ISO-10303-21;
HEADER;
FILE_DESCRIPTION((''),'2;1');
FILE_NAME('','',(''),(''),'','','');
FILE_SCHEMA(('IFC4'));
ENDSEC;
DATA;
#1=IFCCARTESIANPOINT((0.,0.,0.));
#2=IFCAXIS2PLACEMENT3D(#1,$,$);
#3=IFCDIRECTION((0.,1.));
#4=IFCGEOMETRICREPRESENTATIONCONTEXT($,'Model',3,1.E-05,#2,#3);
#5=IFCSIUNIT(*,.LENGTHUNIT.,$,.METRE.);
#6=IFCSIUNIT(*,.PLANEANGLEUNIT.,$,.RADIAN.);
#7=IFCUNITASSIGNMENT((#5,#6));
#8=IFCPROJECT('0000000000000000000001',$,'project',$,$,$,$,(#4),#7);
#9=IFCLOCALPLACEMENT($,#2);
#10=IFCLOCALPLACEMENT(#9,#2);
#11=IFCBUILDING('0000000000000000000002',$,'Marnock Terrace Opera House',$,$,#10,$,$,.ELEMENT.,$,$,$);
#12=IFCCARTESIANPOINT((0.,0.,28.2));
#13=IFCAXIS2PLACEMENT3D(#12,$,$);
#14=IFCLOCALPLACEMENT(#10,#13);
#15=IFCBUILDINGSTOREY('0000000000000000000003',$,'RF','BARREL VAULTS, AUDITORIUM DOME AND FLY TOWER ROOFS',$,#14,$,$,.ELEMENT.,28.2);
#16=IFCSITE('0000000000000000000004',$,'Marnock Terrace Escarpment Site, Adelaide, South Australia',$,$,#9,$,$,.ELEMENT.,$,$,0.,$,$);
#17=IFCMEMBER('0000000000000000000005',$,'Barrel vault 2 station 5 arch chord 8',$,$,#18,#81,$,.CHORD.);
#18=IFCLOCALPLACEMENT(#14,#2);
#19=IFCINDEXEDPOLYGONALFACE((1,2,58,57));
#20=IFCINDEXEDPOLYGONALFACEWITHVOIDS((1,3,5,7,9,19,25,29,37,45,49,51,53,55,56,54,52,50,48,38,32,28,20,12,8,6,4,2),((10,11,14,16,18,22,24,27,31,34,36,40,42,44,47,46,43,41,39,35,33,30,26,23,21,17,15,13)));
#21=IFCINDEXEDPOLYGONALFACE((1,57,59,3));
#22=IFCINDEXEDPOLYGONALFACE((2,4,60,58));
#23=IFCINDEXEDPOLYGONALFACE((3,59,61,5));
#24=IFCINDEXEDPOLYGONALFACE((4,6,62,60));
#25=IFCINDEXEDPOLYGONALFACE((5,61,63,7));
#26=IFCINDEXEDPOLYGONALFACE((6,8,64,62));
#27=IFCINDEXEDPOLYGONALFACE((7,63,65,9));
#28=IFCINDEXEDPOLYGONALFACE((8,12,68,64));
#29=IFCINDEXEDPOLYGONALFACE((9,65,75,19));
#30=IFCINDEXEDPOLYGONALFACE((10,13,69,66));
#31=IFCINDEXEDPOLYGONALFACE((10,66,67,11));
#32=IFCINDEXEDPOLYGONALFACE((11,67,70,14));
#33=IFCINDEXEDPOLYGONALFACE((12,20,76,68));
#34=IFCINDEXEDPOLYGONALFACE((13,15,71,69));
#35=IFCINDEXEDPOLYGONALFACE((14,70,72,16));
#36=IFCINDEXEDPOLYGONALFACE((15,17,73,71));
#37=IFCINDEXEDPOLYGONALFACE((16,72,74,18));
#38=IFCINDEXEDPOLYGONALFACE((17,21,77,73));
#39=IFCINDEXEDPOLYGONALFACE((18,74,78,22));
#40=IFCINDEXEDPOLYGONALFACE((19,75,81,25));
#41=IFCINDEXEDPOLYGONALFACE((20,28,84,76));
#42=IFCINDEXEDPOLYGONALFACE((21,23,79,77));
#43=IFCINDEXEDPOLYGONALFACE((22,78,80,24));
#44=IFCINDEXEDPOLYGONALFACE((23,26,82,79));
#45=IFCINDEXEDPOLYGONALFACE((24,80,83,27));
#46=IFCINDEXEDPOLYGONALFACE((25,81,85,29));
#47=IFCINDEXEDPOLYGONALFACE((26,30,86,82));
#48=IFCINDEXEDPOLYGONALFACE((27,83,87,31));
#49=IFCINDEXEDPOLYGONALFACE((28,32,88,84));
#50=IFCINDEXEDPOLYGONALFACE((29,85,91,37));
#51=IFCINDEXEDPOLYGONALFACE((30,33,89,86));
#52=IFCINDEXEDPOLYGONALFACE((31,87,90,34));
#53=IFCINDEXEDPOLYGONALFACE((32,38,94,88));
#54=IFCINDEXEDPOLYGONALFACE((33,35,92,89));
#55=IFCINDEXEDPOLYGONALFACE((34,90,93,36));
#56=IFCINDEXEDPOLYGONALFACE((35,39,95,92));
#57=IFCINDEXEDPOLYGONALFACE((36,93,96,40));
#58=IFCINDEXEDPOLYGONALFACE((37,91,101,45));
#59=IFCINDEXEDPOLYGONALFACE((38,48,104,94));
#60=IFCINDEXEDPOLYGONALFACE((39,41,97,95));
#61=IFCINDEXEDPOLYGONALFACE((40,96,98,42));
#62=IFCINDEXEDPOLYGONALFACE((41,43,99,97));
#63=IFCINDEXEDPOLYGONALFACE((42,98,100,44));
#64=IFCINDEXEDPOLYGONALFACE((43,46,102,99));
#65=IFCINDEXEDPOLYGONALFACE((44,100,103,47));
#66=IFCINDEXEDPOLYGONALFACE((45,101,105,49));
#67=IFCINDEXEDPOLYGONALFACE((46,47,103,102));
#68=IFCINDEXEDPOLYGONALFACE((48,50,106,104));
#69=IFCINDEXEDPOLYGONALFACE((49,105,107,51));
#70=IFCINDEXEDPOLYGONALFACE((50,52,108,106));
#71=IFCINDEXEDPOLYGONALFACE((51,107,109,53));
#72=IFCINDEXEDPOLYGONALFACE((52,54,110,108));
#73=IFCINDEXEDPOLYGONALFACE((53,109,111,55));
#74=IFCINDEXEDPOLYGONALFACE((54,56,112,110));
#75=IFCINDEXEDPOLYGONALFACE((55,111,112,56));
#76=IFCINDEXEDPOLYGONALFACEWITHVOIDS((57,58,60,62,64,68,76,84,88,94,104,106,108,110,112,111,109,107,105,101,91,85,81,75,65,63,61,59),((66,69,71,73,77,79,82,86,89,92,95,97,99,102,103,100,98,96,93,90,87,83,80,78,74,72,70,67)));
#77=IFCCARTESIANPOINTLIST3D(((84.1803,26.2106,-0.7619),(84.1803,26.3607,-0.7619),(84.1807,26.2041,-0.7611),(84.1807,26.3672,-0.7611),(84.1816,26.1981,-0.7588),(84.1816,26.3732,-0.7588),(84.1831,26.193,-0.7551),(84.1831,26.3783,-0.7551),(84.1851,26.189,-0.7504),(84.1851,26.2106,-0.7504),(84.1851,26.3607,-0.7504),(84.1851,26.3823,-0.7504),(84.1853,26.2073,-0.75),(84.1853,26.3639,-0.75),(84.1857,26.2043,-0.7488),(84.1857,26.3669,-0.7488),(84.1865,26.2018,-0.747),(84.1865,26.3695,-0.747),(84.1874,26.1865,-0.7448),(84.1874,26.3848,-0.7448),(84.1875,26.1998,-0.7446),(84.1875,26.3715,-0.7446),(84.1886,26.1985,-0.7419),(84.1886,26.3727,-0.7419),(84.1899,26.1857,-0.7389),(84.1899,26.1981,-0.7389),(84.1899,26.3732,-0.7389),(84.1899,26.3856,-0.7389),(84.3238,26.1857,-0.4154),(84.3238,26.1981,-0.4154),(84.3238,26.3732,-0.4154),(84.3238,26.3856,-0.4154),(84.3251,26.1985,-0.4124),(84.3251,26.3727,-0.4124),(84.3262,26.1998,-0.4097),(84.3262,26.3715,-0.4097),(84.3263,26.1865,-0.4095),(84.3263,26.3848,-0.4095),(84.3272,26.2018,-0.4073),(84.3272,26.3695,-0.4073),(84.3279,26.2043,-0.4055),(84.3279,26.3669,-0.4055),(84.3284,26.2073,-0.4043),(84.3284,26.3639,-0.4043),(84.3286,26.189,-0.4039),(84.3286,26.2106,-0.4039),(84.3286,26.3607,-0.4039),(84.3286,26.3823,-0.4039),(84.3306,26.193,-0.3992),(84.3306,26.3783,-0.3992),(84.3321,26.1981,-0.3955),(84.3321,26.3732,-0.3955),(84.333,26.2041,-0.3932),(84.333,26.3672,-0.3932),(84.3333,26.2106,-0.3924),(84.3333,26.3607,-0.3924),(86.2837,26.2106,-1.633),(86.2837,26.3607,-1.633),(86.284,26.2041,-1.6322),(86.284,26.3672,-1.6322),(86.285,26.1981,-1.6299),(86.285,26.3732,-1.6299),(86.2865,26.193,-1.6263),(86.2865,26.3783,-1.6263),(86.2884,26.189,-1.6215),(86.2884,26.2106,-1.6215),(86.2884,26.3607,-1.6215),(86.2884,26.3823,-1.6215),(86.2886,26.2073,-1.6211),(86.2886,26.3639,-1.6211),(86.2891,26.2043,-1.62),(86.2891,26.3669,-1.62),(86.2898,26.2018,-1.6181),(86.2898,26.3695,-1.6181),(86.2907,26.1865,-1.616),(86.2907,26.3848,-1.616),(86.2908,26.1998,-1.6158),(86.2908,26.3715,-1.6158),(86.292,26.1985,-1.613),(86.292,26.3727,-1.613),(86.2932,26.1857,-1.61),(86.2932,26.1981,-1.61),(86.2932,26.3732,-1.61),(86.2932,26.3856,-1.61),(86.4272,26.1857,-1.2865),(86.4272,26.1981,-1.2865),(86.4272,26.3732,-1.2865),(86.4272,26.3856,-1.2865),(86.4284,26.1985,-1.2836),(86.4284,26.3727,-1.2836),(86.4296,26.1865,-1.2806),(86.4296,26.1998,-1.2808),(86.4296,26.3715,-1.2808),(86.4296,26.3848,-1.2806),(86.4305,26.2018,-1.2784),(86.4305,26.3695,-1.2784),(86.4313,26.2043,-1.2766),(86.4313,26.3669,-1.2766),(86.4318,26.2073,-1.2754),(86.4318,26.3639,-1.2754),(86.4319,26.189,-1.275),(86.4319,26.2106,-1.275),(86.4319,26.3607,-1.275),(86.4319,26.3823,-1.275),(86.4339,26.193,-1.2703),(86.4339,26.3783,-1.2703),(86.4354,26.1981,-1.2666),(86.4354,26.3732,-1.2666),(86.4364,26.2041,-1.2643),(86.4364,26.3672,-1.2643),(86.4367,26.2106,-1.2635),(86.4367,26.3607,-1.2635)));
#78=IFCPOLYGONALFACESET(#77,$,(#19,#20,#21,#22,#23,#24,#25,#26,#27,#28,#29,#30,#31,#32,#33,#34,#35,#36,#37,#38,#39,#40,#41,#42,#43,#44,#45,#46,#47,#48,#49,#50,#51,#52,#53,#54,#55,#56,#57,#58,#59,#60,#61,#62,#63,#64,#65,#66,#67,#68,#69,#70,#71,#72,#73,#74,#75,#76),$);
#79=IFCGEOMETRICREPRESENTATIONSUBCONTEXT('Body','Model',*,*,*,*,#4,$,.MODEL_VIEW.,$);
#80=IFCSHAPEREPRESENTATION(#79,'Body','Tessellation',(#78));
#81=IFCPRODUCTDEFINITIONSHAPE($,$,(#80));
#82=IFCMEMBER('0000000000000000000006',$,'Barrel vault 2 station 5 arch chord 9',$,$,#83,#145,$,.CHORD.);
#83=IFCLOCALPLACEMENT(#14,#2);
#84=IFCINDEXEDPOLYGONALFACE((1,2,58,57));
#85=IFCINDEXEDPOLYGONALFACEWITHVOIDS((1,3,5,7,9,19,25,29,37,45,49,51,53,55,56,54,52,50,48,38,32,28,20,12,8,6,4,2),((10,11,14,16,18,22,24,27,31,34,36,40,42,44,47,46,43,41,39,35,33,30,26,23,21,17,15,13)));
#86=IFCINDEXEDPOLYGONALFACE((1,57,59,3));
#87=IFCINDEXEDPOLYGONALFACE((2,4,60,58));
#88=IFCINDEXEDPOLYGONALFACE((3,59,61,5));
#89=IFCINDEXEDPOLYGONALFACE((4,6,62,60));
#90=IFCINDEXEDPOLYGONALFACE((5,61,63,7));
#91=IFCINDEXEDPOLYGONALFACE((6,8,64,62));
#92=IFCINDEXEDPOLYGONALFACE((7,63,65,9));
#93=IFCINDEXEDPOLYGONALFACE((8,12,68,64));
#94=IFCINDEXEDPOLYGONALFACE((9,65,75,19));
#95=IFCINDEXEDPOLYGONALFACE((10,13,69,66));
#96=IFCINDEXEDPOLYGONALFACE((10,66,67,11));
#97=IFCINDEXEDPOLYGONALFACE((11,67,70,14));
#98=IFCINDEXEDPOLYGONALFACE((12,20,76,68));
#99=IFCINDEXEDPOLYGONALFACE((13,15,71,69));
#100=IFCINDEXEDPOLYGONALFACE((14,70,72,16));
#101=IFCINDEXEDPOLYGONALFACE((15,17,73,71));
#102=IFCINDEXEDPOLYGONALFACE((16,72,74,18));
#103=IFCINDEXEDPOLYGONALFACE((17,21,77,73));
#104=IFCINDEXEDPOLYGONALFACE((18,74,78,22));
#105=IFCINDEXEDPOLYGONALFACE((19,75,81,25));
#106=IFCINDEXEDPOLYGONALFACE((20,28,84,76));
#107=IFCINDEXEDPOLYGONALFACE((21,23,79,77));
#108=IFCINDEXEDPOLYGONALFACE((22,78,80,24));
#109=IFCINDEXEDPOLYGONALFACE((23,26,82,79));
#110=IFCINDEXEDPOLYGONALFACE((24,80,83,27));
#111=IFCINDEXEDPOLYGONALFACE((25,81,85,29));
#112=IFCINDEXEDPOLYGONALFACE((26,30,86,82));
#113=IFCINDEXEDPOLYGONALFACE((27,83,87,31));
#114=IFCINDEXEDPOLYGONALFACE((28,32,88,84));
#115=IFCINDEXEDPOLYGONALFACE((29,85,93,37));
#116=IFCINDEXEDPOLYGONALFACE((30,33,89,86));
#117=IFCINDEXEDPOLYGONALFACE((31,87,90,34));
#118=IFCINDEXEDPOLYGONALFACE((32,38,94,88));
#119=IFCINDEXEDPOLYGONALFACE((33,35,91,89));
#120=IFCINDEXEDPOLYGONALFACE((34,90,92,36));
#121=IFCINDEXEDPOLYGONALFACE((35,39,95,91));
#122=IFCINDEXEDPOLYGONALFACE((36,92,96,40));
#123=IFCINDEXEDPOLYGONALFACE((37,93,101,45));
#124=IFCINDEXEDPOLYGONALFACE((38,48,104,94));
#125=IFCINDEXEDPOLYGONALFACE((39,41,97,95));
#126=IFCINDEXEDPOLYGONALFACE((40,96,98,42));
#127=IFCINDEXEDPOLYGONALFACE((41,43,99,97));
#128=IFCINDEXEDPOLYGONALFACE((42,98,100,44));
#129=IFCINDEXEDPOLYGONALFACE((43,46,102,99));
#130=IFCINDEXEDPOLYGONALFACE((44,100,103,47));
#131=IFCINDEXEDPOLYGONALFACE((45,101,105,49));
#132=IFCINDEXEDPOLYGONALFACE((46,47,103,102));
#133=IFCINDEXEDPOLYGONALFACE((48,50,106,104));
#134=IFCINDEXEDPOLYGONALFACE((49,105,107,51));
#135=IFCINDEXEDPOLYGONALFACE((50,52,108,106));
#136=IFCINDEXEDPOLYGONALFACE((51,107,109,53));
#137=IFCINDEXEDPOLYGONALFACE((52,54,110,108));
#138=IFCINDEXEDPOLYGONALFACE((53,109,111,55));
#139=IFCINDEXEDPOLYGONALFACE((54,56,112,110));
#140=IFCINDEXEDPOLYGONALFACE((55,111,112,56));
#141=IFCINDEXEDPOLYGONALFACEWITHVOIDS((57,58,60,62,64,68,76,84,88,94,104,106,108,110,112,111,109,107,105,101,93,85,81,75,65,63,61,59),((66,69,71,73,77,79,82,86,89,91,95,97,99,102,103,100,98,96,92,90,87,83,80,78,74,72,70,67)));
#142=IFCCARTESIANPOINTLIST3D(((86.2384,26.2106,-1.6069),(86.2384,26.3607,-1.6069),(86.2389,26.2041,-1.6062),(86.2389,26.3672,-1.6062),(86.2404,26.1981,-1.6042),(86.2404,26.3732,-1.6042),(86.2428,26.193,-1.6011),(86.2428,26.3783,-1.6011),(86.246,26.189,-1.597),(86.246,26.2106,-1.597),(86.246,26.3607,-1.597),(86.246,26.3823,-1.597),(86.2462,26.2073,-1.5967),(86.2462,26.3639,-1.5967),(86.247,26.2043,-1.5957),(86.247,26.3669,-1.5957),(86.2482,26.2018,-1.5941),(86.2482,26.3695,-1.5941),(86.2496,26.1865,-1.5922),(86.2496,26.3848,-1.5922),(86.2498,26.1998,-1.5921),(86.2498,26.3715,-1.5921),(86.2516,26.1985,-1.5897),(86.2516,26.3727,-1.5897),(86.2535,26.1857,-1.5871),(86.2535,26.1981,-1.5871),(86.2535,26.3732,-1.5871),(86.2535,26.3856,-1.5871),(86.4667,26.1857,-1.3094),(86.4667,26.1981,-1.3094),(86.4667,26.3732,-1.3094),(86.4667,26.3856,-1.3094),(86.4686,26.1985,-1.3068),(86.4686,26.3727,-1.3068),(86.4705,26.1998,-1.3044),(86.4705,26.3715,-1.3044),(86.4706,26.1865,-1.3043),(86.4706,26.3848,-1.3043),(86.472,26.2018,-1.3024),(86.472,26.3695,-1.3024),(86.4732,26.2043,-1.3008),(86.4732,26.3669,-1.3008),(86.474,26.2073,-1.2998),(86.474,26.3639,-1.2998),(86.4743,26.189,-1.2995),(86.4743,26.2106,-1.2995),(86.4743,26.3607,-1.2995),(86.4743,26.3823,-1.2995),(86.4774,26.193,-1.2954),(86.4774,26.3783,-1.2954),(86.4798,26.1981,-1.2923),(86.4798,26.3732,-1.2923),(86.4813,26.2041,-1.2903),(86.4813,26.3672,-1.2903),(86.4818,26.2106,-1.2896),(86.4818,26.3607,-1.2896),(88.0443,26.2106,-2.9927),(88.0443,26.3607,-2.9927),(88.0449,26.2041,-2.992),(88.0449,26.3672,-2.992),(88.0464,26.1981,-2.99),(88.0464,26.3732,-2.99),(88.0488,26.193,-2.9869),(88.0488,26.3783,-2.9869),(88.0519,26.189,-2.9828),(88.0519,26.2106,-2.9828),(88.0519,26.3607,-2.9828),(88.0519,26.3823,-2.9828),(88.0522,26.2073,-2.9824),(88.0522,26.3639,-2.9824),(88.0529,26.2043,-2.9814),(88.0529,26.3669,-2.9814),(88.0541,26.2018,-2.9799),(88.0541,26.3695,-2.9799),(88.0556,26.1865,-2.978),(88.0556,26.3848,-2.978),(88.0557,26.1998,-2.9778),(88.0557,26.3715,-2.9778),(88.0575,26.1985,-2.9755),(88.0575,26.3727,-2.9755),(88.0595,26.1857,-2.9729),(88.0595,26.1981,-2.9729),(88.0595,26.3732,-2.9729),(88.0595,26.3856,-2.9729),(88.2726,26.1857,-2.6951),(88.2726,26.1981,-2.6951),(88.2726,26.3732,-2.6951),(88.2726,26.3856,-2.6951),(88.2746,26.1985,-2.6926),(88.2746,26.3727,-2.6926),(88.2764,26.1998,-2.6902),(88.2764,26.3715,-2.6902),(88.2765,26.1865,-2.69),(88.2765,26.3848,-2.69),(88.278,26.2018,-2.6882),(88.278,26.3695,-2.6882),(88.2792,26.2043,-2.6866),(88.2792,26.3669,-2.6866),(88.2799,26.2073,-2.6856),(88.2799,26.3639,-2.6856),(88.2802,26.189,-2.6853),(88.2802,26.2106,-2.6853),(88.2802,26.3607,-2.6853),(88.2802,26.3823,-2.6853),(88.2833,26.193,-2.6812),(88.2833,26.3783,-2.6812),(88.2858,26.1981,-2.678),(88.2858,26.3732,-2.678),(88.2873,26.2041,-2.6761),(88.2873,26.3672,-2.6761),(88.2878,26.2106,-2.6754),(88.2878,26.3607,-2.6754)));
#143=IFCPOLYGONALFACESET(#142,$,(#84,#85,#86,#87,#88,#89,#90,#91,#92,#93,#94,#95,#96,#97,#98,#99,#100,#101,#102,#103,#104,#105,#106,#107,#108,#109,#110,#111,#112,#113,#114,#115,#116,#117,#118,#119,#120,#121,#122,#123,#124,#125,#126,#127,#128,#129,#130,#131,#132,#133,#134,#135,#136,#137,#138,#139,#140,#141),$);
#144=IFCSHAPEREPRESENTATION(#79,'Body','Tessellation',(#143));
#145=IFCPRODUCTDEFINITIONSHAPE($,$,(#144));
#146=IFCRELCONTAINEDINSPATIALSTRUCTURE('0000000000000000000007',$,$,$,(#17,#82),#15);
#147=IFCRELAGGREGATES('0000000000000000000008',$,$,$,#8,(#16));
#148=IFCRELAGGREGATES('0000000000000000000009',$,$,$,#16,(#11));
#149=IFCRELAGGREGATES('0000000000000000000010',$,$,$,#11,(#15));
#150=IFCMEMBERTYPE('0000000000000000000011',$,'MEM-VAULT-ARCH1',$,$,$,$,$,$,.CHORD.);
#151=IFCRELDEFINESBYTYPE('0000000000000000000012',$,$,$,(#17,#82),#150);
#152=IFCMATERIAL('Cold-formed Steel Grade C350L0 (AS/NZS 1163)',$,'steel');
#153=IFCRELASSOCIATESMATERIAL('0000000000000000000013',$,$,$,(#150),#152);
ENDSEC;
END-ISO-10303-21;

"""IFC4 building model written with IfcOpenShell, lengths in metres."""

from ifc_helpers import new_model, si_unit, direction, frame, origin, origin_2d, place, context, subcontext, project, spatial, hollow_rectangle, extrude, material, material_profile, profile_set, type_object, element, save


model = new_model("IFC4")

# Units and contexts
model_context = context("Model", 3, precision=1e-05, world=origin(), true_north=direction((0.0, 1.0)))
body_context = subcontext(model_context, "Body", "Model", "MODEL_VIEW")
ifc_project = project(units=[si_unit("LENGTHUNIT", "METRE"), si_unit("PLANEANGLEUNIT", "RADIAN")], contexts=[model_context])

# Site, building, storey
site_placement = place(None, origin())
site = spatial("IfcSite", under=ifc_project, at=site_placement, Name="Marnock Terrace Escarpment Site, Adelaide, South Australia", CompositionType="ELEMENT", RefElevation=0.0)
building_placement = place(site_placement, origin())
building = spatial("IfcBuilding", under=site, at=building_placement, Name="Marnock Terrace Opera House", CompositionType="ELEMENT")
storey_placement = place(building_placement, frame((0.0, 0.0, 28.2)))
storey = spatial("IfcBuildingStorey", under=building, at=storey_placement, Name="RF", Description="BARREL VAULTS, AUDITORIUM DOME AND FLY TOWER ROOFS", CompositionType="ELEMENT", Elevation=28.2)

# Members
ifc_material = material(Name="Cold-formed Steel Grade C350L0 (AS/NZS 1163)", Category="steel")
ifc_material_profile_1 = material_profile(ifc_material, hollow_rectangle(XDim=0.2, YDim=0.3999, WallThickness=0.0125, InnerFilletRadius=0.0125, OuterFilletRadius=0.0249, at=origin_2d()))
ifc_profile_set_1 = profile_set([ifc_material_profile_1], Name="Cold-formed Steel Grade C350L0 (AS/NZS 1163)")
member_type_1 = type_object("IfcMemberType", Name="MEM-VAULT-ARCH1", PredefinedType="CHORD", material=ifc_profile_set_1)
member_1_placement = place(storey_placement, frame((84.2568, 26.2856, -0.5771), z_axis=(0.923897, 0.0, -0.382642), x_axis=(0.0, 1.0, 0.0)))
element("IfcMember", 1, at=member_1_placement, inside=storey, type_object=member_type_1, Name="Barrel vault 2 station 5 arch chord 8", PredefinedType="CHORD", context=body_context, shape_type="SweptSolid", body=[
    extrude(hollow_rectangle(XDim=0.2, YDim=0.3999, WallThickness=0.0125, InnerFilletRadius=0.0125, OuterFilletRadius=0.0249, at=origin_2d()), origin(), (0.0, 0.0, 1.0), 2.2766),
])
for number, where, z_axis, x_axis, name in (
    (2, (86.3601, 26.2856, -1.4482), (0.793349, 0.0, -0.608767), (0.0, 1.0, 0.0), "Barrel vault 2 station 5 arch chord 9"),
):
    element("IfcMember", number, at=place(storey_placement, frame(where, z_axis=z_axis, x_axis=x_axis)), inside=storey, type_object=member_type_1, Name=name, PredefinedType="CHORD", context=body_context, shape_type="SweptSolid", body=[
        extrude(hollow_rectangle(XDim=0.2, YDim=0.3999, WallThickness=0.0125, InnerFilletRadius=0.0125, OuterFilletRadius=0.0249, at=origin_2d()), origin(), (0.0, 0.0, 1.0), 2.2764),
    ])

save(model, "model.ifc")
